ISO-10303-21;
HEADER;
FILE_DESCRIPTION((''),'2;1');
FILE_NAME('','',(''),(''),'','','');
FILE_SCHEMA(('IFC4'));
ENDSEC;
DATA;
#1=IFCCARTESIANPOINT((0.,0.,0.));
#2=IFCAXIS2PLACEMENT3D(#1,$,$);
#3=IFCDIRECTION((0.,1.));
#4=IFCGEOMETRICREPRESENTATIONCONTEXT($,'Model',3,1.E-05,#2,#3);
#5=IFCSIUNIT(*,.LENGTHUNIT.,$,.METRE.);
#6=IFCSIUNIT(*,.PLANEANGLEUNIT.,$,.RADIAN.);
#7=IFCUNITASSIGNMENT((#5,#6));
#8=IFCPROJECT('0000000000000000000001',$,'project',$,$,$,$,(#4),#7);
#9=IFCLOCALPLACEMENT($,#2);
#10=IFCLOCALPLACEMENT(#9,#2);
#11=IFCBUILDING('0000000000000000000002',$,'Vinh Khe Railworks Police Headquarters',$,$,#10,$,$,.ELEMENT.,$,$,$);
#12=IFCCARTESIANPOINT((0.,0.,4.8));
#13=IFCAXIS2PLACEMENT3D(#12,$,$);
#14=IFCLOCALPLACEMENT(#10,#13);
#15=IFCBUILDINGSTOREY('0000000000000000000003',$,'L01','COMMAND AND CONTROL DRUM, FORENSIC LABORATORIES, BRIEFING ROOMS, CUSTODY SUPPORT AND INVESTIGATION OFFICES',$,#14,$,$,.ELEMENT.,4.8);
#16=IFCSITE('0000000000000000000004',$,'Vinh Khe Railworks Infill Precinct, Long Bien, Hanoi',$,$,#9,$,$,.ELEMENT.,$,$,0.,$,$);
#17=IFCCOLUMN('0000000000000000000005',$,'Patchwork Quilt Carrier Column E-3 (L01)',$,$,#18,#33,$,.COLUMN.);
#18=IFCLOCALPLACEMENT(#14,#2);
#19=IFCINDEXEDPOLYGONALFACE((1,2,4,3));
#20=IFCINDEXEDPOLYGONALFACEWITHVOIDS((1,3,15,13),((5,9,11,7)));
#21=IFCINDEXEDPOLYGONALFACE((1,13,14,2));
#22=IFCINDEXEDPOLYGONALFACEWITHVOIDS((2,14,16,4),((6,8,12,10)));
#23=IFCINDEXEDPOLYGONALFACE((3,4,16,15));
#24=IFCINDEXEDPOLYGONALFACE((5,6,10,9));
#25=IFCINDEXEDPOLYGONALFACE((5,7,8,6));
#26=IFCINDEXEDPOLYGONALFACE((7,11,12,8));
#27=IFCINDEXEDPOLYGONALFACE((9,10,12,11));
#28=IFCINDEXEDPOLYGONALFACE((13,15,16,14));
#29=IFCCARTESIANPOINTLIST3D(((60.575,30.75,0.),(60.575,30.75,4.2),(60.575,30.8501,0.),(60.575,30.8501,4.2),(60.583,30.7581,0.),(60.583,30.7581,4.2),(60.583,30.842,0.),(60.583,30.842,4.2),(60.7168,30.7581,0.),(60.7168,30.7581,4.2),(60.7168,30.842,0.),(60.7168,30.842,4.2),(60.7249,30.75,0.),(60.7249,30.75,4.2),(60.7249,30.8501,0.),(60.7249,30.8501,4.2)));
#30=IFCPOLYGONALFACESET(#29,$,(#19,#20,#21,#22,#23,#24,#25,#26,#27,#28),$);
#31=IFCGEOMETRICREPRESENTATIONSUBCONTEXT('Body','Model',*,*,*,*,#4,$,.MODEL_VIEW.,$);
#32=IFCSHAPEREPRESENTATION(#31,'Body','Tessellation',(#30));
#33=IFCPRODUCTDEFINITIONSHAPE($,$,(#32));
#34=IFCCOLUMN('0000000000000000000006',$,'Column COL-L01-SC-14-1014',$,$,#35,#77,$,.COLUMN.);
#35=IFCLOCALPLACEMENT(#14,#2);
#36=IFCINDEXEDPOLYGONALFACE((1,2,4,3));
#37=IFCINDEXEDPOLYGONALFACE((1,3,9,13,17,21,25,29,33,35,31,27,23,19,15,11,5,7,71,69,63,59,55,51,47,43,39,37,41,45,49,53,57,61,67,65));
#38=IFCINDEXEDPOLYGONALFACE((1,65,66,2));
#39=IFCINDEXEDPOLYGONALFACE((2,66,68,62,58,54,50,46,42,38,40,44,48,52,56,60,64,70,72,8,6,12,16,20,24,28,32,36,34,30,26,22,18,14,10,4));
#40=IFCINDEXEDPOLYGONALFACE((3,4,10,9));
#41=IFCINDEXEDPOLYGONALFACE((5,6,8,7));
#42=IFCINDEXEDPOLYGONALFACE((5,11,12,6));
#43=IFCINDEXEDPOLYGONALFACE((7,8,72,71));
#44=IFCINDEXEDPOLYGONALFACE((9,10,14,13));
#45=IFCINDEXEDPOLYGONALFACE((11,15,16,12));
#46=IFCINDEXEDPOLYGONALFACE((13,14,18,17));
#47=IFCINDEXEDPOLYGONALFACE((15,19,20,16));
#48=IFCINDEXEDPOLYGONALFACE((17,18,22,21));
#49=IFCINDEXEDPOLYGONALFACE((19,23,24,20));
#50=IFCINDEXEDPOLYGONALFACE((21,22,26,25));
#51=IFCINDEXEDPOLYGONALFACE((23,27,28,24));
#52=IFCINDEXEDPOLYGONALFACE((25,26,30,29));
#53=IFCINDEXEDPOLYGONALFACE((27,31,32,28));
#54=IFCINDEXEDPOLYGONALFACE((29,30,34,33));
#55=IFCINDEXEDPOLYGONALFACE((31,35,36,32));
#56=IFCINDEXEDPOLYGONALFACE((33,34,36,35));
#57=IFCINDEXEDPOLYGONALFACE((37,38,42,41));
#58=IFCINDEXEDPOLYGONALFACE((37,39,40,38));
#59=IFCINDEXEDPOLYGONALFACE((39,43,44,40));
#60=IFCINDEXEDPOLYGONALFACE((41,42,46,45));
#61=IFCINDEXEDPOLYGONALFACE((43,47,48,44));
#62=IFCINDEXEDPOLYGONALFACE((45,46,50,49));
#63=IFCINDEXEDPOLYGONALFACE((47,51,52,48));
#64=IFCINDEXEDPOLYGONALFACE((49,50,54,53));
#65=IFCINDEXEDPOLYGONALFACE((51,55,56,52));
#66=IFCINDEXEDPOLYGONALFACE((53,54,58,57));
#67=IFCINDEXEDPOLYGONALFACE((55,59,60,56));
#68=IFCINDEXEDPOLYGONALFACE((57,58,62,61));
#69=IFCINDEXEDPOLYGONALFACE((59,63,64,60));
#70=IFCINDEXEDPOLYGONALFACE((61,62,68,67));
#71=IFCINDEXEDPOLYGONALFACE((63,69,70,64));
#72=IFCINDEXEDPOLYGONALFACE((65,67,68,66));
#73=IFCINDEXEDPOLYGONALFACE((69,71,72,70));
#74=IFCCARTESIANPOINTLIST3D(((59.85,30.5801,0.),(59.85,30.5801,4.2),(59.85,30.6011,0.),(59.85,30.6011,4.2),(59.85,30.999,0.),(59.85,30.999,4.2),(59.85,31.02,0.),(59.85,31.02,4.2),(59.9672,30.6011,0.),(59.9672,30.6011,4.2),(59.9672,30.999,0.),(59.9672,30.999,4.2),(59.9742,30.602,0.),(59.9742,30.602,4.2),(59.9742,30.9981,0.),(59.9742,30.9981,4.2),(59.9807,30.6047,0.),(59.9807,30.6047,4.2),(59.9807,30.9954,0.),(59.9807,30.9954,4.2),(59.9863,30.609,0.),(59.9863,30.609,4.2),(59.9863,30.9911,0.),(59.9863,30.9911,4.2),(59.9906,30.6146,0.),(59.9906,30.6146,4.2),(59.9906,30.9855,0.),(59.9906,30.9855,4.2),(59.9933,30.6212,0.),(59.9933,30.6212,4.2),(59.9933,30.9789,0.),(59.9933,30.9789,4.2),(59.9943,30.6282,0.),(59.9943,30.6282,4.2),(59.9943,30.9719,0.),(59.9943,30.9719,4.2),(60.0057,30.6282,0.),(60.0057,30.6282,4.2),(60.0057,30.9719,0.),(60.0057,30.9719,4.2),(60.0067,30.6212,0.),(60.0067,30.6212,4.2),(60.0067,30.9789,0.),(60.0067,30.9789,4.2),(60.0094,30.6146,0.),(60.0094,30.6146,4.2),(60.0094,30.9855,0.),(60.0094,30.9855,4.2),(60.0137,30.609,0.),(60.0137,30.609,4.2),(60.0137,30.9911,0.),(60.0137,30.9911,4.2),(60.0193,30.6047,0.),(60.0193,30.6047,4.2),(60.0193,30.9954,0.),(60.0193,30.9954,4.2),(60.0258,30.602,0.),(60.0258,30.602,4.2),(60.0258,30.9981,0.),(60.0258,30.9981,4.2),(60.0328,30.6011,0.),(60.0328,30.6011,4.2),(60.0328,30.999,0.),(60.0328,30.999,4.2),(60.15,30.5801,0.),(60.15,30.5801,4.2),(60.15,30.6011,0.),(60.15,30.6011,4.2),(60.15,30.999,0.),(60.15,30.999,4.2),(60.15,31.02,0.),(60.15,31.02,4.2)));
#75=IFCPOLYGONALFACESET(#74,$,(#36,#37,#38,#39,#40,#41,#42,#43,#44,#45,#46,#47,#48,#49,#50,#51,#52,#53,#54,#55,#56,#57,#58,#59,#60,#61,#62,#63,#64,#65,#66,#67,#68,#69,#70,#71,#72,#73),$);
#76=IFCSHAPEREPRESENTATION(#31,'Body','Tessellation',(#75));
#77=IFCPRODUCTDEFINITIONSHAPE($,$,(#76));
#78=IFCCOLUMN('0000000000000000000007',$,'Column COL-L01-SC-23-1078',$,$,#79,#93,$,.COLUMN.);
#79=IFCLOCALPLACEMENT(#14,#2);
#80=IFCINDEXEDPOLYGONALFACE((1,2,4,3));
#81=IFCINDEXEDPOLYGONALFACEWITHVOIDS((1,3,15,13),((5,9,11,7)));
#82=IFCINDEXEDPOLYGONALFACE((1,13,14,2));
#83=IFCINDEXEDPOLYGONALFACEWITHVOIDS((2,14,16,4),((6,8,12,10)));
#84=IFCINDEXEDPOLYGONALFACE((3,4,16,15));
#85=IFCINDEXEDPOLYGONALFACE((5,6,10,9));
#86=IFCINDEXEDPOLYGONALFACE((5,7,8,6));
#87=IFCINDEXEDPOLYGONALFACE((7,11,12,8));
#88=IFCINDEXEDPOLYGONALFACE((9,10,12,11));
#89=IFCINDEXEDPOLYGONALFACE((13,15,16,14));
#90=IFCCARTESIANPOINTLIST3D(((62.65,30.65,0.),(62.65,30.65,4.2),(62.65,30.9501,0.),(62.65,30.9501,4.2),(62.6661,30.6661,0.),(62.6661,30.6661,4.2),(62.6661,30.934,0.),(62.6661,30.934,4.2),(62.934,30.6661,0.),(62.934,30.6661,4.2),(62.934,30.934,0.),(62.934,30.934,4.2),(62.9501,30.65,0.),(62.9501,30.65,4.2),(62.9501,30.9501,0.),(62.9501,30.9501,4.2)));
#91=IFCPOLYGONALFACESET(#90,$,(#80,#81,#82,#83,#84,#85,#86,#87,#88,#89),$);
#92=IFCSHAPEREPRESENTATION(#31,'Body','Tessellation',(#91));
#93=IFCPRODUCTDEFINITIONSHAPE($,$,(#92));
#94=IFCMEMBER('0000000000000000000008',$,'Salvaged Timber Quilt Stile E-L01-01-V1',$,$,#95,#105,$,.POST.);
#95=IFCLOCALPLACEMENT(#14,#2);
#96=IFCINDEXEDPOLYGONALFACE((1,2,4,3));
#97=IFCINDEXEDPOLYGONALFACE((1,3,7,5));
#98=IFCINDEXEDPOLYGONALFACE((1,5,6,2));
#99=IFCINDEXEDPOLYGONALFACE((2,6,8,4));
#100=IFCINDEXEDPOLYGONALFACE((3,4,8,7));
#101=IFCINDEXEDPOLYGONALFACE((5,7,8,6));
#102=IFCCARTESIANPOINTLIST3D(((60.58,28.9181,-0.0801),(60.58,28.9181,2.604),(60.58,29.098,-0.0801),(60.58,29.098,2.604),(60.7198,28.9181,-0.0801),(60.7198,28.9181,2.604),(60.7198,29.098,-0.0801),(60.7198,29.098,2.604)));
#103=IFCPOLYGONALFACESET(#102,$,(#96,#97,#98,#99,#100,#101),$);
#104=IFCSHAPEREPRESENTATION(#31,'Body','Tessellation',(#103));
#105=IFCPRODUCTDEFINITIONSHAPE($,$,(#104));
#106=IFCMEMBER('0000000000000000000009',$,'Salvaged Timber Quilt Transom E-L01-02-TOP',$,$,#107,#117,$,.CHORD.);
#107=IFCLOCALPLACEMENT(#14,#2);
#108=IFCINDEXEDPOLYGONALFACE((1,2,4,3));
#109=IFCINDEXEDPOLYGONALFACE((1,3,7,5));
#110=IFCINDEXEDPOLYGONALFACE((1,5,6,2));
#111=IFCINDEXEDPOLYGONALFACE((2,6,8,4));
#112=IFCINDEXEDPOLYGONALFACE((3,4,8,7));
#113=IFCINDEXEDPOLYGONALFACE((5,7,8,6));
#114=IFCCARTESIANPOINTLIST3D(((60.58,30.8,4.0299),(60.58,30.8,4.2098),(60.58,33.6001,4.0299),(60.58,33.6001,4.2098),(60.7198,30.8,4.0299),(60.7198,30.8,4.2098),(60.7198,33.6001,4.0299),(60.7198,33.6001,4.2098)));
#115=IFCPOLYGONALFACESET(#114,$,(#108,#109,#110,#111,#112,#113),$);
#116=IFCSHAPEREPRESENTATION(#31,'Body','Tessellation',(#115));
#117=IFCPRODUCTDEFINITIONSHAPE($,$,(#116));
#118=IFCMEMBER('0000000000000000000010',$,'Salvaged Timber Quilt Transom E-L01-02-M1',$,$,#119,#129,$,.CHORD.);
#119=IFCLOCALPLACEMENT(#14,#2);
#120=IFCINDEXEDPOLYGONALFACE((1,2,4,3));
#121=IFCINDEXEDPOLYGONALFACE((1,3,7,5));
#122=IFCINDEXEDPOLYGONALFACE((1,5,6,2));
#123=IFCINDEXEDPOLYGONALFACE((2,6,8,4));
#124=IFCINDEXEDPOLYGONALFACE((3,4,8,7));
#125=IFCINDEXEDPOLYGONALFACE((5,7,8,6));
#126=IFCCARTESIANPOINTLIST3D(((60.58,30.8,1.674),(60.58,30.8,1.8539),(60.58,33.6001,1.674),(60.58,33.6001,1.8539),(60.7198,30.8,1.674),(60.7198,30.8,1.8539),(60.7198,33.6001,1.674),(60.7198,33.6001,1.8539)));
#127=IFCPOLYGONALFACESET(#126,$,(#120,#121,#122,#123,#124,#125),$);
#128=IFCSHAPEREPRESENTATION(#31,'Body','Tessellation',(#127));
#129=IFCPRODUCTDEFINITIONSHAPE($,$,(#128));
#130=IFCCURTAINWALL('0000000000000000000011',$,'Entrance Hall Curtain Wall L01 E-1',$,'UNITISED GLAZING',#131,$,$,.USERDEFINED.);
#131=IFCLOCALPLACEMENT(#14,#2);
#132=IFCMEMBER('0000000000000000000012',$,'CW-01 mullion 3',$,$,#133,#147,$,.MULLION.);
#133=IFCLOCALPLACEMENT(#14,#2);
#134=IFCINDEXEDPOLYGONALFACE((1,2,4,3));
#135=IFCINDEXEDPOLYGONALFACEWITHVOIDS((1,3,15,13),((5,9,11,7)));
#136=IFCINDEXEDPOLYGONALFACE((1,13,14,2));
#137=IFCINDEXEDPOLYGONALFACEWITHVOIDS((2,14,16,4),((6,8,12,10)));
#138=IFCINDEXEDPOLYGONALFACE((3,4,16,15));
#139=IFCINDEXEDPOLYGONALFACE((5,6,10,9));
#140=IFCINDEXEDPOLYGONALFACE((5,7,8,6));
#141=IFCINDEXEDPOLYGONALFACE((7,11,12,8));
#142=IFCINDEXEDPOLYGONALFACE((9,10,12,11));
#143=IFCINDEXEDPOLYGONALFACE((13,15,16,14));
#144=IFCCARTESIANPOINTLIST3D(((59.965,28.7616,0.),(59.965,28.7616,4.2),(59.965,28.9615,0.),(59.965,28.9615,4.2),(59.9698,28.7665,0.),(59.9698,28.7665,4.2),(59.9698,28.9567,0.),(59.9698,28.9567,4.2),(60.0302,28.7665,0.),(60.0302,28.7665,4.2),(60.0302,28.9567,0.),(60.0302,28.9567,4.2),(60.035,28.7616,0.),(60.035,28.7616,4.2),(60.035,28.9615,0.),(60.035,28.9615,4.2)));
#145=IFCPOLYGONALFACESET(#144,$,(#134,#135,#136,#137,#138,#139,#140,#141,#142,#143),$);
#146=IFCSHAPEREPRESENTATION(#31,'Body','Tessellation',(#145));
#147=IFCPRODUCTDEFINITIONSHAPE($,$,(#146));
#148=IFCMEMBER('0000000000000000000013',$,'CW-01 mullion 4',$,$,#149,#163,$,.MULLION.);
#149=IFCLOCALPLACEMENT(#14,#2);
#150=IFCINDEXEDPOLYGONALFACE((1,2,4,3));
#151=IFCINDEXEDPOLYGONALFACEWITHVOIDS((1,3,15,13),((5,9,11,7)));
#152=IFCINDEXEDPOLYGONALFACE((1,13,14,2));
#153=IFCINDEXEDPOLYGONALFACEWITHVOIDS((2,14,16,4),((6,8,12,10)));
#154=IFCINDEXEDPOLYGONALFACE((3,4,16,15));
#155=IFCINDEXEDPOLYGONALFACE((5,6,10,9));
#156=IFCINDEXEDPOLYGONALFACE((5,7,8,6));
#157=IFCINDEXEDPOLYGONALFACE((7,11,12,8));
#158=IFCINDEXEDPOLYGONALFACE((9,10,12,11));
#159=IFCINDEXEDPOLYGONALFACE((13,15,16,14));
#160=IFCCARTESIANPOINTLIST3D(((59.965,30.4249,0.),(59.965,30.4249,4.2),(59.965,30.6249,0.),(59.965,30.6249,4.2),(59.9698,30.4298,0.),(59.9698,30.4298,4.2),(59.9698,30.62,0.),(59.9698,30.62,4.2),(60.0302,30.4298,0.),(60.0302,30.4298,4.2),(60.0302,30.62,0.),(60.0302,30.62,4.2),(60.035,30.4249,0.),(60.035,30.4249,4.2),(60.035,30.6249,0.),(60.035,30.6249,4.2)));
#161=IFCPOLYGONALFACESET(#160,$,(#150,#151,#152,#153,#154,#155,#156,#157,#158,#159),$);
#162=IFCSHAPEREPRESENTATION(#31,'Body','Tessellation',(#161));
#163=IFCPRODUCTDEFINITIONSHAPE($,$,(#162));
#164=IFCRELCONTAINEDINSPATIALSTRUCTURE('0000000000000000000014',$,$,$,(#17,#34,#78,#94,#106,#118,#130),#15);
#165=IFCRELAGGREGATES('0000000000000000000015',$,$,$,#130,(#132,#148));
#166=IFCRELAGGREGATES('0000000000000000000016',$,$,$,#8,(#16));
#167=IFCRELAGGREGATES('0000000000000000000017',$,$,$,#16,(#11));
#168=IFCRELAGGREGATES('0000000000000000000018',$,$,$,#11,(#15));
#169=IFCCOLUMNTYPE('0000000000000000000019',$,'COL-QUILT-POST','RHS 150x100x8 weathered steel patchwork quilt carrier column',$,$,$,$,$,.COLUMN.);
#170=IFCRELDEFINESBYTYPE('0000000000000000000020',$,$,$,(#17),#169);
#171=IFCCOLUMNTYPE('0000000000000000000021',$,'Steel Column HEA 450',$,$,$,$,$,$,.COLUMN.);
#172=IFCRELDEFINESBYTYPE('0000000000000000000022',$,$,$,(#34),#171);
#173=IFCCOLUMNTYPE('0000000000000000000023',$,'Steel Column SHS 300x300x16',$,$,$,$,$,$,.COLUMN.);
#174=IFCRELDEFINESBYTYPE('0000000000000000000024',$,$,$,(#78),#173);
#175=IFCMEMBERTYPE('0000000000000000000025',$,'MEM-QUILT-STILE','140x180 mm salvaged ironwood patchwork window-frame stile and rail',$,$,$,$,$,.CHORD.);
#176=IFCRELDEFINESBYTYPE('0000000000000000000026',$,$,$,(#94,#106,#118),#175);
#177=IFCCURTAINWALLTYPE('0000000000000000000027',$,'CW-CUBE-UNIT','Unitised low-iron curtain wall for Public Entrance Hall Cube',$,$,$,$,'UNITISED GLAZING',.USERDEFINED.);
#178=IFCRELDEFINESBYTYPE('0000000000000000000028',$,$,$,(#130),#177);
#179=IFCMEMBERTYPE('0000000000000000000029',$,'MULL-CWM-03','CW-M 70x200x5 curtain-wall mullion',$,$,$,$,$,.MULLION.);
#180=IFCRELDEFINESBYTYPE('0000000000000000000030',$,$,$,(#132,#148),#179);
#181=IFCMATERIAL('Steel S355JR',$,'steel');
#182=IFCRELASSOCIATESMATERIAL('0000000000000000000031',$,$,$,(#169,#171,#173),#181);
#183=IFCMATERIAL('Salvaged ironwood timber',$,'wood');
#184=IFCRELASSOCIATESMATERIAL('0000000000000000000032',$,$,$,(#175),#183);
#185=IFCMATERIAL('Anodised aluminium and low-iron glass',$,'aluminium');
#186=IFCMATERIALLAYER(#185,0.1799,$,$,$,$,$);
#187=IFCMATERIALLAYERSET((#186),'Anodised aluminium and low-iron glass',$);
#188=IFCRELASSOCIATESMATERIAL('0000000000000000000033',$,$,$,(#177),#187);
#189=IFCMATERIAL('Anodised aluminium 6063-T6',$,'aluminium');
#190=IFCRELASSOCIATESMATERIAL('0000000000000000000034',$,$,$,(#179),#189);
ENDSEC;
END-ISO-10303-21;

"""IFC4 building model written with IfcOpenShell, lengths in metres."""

from ifc_helpers import new_model, si_unit, direction, frame, origin, origin_2d, place, context, subcontext, project, spatial, rectangle, hollow_rectangle, i_section, extrude, material, layer, layer_set, material_profile, profile_set, type_object, element, aggregate, save


model = new_model("IFC4")

# Units and contexts
model_context = context("Model", 3, precision=1e-05, world=origin(), true_north=direction((0.0, 1.0)))
body_context = subcontext(model_context, "Body", "Model", "MODEL_VIEW")
ifc_project = project(units=[si_unit("LENGTHUNIT", "METRE"), si_unit("PLANEANGLEUNIT", "RADIAN")], contexts=[model_context])

# Site, building, storey
site_placement = place(None, origin())
site = spatial("IfcSite", under=ifc_project, at=site_placement, Name="Vinh Khe Railworks Infill Precinct, Long Bien, Hanoi", CompositionType="ELEMENT", RefElevation=0.0)
building_placement = place(site_placement, origin())
building = spatial("IfcBuilding", under=site, at=building_placement, Name="Vinh Khe Railworks Police Headquarters", CompositionType="ELEMENT")
storey_placement = place(building_placement, frame((0.0, 0.0, 4.8)))
storey = spatial("IfcBuildingStorey", under=building, at=storey_placement, Name="L01", Description="COMMAND AND CONTROL DRUM, FORENSIC LABORATORIES, BRIEFING ROOMS, CUSTODY SUPPORT AND INVESTIGATION OFFICES", CompositionType="ELEMENT", Elevation=4.8)

# Columns
ifc_material_1 = material(Name="Steel S355JR", Category="steel")
ifc_material_profile_1 = material_profile(ifc_material_1, hollow_rectangle(XDim=0.1499, YDim=0.1001, WallThickness=0.0081, at=origin_2d()), Name="RHS 150x100x8")
ifc_profile_set_1 = profile_set([ifc_material_profile_1], Name="Steel S355JR")
column_type_1 = type_object("IfcColumnType", Name="COL-QUILT-POST", Description="RHS 150x100x8 weathered steel patchwork quilt carrier column", PredefinedType="COLUMN", material=ifc_profile_set_1)
column_1_placement = place(storey_placement, frame((60.6499, 30.8, 0.0), z_axis=(0.0, 0.0, 1.0), x_axis=(1.0, 0.0, 0.0)))
element("IfcColumn", 1, at=column_1_placement, inside=storey, type_object=column_type_1, Name="Patchwork Quilt Carrier Column E-3 (L01)", PredefinedType="COLUMN", context=body_context, shape_type="SweptSolid", body=[
    extrude(hollow_rectangle(XDim=0.1499, YDim=0.1001, WallThickness=0.0081, at=origin_2d()), origin(), (0.0, 0.0, 1.0), 4.2),
])
ifc_material_profile_2 = material_profile(ifc_material_1, i_section(OverallWidth=0.3, OverallDepth=0.4399, WebThickness=0.0115, FlangeThickness=0.021, FilletRadius=0.0271, at=origin_2d()), Name="HEA 450")
ifc_profile_set_2 = profile_set([ifc_material_profile_2], Name="Steel S355JR")
column_type_2 = type_object("IfcColumnType", Name="Steel Column HEA 450", PredefinedType="COLUMN", material=ifc_profile_set_2)
column_2_placement = place(storey_placement, frame((60.0, 30.8, 0.0), z_axis=(0.0, 0.0, 1.0), x_axis=(1.0, 0.0, 0.0)))
element("IfcColumn", 2, at=column_2_placement, inside=storey, type_object=column_type_2, Name="Column COL-L01-SC-14-1014", PredefinedType="COLUMN", context=body_context, shape_type="SweptSolid", body=[
    extrude(i_section(OverallWidth=0.3, OverallDepth=0.4399, WebThickness=0.0115, FlangeThickness=0.021, FilletRadius=0.0271, at=origin_2d()), origin(), (0.0, 0.0, 1.0), 4.2),
])
ifc_material_profile_3 = material_profile(ifc_material_1, hollow_rectangle(XDim=0.3, YDim=0.3, WallThickness=0.0161, at=origin_2d()), Name="SHS 300x300x16")
ifc_profile_set_3 = profile_set([ifc_material_profile_3], Name="Steel S355JR")
column_type_3 = type_object("IfcColumnType", Name="Steel Column SHS 300x300x16", PredefinedType="COLUMN", material=ifc_profile_set_3)
column_3_placement = place(storey_placement, frame((62.8, 30.8, 0.0), z_axis=(0.0, 0.0, 1.0), x_axis=(1.0, 0.0, 0.0)))
element("IfcColumn", 3, at=column_3_placement, inside=storey, type_object=column_type_3, Name="Column COL-L01-SC-23-1078", PredefinedType="COLUMN", context=body_context, shape_type="SweptSolid", body=[
    extrude(hollow_rectangle(XDim=0.3, YDim=0.3, WallThickness=0.0161, at=origin_2d()), origin(), (0.0, 0.0, 1.0), 4.2),
])

# Members
ifc_material_2 = material(Name="Salvaged ironwood timber", Category="wood")
ifc_material_profile_4 = material_profile(ifc_material_2, rectangle(XDim=0.1399, YDim=0.1799, at=origin_2d()), Name="TIMBER 140x180")
ifc_profile_set_4 = profile_set([ifc_material_profile_4], Name="Salvaged ironwood timber")
member_type_1 = type_object("IfcMemberType", Name="MEM-QUILT-STILE", Description="140x180 mm salvaged ironwood patchwork window-frame stile and rail", PredefinedType="CHORD", material=ifc_profile_set_4)
member_1_placement = place(storey_placement, frame((60.6499, 29.0081, -0.0801), z_axis=(0.0, 0.0, 1.0), x_axis=(1.0, 0.0, 0.0)))
element("IfcMember", 4, at=member_1_placement, inside=storey, type_object=member_type_1, Name="Salvaged Timber Quilt Stile E-L01-01-V1", PredefinedType="POST", context=body_context, shape_type="SweptSolid", body=[
    extrude(rectangle(XDim=0.1399, YDim=0.1799, at=origin_2d()), origin(), (0.0, 0.0, 1.0), 2.6841),
])
for number, where, z_axis, x_axis, name in (
    (5, (60.6499, 30.8, 4.1199), (0.0, 1.0, 0.0), (-1.0, 0.0, 0.0), "Salvaged Timber Quilt Transom E-L01-02-TOP"),
    (6, (60.6499, 30.8, 1.7639), (0.0, 1.0, 0.0), (-1.0, 0.0, 0.0), "Salvaged Timber Quilt Transom E-L01-02-M1"),
):
    element("IfcMember", number, at=place(storey_placement, frame(where, z_axis=z_axis, x_axis=x_axis)), inside=storey, type_object=member_type_1, Name=name, PredefinedType="CHORD", context=body_context, shape_type="SweptSolid", body=[
        extrude(rectangle(XDim=0.1399, YDim=0.1799, at=origin_2d()), origin(), (0.0, 0.0, 1.0), 2.8),
    ])

# Curtain wall, members
ifc_material_3 = material(Name="Anodised aluminium and low-iron glass", Category="aluminium")
ifc_layer_1 = layer(ifc_material_3, 0.1799)
ifc_layer_set_1 = layer_set([ifc_layer_1], Name="Anodised aluminium and low-iron glass")
curtain_wall_type = type_object("IfcCurtainWallType", Name="CW-CUBE-UNIT", Description="Unitised low-iron curtain wall for Public Entrance Hall Cube", ElementType="UNITISED GLAZING", PredefinedType="USERDEFINED", material=ifc_layer_set_1)
curtain_wall_placement = place(storey_placement, origin())
curtain_wall = element("IfcCurtainWall", 7, at=curtain_wall_placement, inside=storey, type_object=curtain_wall_type, Name="Entrance Hall Curtain Wall L01 E-1", ObjectType="UNITISED GLAZING", PredefinedType="USERDEFINED")
ifc_material_4 = material(Name="Anodised aluminium 6063-T6", Category="aluminium")
ifc_material_profile_5 = material_profile(ifc_material_4, hollow_rectangle(XDim=0.0701, YDim=0.2, WallThickness=0.0049, at=origin_2d()), Name="CW-M 70x200x5")
ifc_profile_set_5 = profile_set([ifc_material_profile_5], Name="Anodised aluminium 6063-T6")
member_type_2 = type_object("IfcMemberType", Name="MULL-CWM-03", Description="CW-M 70x200x5 curtain-wall mullion", PredefinedType="MULLION", material=ifc_profile_set_5)
member_2_placement = place(storey_placement, frame((60.0, 28.8616, 0.0), z_axis=(0.0, 0.0, 1.0), x_axis=(-1.0, 0.0, 0.0)))
member_2 = element("IfcMember", 8, at=member_2_placement, type_object=member_type_2, Name="CW-01 mullion 3", PredefinedType="MULLION", context=body_context, shape_type="SweptSolid", body=[
    extrude(hollow_rectangle(XDim=0.0701, YDim=0.2, WallThickness=0.0049, at=origin_2d()), origin(), (0.0, 0.0, 1.0), 4.2),
])
member_3_placement = place(storey_placement, frame((60.0, 30.5249, 0.0), z_axis=(0.0, 0.0, 1.0), x_axis=(-1.0, 0.0, 0.0)))
member_3 = element("IfcMember", 9, at=member_3_placement, type_object=member_type_2, Name="CW-01 mullion 4", PredefinedType="MULLION", context=body_context, shape_type="SweptSolid", body=[
    extrude(hollow_rectangle(XDim=0.0701, YDim=0.2, WallThickness=0.0049, at=origin_2d()), origin(), (0.0, 0.0, 1.0), 4.2),
])

aggregate(curtain_wall, [member_2, member_3])

save(model, "model.ifc")
